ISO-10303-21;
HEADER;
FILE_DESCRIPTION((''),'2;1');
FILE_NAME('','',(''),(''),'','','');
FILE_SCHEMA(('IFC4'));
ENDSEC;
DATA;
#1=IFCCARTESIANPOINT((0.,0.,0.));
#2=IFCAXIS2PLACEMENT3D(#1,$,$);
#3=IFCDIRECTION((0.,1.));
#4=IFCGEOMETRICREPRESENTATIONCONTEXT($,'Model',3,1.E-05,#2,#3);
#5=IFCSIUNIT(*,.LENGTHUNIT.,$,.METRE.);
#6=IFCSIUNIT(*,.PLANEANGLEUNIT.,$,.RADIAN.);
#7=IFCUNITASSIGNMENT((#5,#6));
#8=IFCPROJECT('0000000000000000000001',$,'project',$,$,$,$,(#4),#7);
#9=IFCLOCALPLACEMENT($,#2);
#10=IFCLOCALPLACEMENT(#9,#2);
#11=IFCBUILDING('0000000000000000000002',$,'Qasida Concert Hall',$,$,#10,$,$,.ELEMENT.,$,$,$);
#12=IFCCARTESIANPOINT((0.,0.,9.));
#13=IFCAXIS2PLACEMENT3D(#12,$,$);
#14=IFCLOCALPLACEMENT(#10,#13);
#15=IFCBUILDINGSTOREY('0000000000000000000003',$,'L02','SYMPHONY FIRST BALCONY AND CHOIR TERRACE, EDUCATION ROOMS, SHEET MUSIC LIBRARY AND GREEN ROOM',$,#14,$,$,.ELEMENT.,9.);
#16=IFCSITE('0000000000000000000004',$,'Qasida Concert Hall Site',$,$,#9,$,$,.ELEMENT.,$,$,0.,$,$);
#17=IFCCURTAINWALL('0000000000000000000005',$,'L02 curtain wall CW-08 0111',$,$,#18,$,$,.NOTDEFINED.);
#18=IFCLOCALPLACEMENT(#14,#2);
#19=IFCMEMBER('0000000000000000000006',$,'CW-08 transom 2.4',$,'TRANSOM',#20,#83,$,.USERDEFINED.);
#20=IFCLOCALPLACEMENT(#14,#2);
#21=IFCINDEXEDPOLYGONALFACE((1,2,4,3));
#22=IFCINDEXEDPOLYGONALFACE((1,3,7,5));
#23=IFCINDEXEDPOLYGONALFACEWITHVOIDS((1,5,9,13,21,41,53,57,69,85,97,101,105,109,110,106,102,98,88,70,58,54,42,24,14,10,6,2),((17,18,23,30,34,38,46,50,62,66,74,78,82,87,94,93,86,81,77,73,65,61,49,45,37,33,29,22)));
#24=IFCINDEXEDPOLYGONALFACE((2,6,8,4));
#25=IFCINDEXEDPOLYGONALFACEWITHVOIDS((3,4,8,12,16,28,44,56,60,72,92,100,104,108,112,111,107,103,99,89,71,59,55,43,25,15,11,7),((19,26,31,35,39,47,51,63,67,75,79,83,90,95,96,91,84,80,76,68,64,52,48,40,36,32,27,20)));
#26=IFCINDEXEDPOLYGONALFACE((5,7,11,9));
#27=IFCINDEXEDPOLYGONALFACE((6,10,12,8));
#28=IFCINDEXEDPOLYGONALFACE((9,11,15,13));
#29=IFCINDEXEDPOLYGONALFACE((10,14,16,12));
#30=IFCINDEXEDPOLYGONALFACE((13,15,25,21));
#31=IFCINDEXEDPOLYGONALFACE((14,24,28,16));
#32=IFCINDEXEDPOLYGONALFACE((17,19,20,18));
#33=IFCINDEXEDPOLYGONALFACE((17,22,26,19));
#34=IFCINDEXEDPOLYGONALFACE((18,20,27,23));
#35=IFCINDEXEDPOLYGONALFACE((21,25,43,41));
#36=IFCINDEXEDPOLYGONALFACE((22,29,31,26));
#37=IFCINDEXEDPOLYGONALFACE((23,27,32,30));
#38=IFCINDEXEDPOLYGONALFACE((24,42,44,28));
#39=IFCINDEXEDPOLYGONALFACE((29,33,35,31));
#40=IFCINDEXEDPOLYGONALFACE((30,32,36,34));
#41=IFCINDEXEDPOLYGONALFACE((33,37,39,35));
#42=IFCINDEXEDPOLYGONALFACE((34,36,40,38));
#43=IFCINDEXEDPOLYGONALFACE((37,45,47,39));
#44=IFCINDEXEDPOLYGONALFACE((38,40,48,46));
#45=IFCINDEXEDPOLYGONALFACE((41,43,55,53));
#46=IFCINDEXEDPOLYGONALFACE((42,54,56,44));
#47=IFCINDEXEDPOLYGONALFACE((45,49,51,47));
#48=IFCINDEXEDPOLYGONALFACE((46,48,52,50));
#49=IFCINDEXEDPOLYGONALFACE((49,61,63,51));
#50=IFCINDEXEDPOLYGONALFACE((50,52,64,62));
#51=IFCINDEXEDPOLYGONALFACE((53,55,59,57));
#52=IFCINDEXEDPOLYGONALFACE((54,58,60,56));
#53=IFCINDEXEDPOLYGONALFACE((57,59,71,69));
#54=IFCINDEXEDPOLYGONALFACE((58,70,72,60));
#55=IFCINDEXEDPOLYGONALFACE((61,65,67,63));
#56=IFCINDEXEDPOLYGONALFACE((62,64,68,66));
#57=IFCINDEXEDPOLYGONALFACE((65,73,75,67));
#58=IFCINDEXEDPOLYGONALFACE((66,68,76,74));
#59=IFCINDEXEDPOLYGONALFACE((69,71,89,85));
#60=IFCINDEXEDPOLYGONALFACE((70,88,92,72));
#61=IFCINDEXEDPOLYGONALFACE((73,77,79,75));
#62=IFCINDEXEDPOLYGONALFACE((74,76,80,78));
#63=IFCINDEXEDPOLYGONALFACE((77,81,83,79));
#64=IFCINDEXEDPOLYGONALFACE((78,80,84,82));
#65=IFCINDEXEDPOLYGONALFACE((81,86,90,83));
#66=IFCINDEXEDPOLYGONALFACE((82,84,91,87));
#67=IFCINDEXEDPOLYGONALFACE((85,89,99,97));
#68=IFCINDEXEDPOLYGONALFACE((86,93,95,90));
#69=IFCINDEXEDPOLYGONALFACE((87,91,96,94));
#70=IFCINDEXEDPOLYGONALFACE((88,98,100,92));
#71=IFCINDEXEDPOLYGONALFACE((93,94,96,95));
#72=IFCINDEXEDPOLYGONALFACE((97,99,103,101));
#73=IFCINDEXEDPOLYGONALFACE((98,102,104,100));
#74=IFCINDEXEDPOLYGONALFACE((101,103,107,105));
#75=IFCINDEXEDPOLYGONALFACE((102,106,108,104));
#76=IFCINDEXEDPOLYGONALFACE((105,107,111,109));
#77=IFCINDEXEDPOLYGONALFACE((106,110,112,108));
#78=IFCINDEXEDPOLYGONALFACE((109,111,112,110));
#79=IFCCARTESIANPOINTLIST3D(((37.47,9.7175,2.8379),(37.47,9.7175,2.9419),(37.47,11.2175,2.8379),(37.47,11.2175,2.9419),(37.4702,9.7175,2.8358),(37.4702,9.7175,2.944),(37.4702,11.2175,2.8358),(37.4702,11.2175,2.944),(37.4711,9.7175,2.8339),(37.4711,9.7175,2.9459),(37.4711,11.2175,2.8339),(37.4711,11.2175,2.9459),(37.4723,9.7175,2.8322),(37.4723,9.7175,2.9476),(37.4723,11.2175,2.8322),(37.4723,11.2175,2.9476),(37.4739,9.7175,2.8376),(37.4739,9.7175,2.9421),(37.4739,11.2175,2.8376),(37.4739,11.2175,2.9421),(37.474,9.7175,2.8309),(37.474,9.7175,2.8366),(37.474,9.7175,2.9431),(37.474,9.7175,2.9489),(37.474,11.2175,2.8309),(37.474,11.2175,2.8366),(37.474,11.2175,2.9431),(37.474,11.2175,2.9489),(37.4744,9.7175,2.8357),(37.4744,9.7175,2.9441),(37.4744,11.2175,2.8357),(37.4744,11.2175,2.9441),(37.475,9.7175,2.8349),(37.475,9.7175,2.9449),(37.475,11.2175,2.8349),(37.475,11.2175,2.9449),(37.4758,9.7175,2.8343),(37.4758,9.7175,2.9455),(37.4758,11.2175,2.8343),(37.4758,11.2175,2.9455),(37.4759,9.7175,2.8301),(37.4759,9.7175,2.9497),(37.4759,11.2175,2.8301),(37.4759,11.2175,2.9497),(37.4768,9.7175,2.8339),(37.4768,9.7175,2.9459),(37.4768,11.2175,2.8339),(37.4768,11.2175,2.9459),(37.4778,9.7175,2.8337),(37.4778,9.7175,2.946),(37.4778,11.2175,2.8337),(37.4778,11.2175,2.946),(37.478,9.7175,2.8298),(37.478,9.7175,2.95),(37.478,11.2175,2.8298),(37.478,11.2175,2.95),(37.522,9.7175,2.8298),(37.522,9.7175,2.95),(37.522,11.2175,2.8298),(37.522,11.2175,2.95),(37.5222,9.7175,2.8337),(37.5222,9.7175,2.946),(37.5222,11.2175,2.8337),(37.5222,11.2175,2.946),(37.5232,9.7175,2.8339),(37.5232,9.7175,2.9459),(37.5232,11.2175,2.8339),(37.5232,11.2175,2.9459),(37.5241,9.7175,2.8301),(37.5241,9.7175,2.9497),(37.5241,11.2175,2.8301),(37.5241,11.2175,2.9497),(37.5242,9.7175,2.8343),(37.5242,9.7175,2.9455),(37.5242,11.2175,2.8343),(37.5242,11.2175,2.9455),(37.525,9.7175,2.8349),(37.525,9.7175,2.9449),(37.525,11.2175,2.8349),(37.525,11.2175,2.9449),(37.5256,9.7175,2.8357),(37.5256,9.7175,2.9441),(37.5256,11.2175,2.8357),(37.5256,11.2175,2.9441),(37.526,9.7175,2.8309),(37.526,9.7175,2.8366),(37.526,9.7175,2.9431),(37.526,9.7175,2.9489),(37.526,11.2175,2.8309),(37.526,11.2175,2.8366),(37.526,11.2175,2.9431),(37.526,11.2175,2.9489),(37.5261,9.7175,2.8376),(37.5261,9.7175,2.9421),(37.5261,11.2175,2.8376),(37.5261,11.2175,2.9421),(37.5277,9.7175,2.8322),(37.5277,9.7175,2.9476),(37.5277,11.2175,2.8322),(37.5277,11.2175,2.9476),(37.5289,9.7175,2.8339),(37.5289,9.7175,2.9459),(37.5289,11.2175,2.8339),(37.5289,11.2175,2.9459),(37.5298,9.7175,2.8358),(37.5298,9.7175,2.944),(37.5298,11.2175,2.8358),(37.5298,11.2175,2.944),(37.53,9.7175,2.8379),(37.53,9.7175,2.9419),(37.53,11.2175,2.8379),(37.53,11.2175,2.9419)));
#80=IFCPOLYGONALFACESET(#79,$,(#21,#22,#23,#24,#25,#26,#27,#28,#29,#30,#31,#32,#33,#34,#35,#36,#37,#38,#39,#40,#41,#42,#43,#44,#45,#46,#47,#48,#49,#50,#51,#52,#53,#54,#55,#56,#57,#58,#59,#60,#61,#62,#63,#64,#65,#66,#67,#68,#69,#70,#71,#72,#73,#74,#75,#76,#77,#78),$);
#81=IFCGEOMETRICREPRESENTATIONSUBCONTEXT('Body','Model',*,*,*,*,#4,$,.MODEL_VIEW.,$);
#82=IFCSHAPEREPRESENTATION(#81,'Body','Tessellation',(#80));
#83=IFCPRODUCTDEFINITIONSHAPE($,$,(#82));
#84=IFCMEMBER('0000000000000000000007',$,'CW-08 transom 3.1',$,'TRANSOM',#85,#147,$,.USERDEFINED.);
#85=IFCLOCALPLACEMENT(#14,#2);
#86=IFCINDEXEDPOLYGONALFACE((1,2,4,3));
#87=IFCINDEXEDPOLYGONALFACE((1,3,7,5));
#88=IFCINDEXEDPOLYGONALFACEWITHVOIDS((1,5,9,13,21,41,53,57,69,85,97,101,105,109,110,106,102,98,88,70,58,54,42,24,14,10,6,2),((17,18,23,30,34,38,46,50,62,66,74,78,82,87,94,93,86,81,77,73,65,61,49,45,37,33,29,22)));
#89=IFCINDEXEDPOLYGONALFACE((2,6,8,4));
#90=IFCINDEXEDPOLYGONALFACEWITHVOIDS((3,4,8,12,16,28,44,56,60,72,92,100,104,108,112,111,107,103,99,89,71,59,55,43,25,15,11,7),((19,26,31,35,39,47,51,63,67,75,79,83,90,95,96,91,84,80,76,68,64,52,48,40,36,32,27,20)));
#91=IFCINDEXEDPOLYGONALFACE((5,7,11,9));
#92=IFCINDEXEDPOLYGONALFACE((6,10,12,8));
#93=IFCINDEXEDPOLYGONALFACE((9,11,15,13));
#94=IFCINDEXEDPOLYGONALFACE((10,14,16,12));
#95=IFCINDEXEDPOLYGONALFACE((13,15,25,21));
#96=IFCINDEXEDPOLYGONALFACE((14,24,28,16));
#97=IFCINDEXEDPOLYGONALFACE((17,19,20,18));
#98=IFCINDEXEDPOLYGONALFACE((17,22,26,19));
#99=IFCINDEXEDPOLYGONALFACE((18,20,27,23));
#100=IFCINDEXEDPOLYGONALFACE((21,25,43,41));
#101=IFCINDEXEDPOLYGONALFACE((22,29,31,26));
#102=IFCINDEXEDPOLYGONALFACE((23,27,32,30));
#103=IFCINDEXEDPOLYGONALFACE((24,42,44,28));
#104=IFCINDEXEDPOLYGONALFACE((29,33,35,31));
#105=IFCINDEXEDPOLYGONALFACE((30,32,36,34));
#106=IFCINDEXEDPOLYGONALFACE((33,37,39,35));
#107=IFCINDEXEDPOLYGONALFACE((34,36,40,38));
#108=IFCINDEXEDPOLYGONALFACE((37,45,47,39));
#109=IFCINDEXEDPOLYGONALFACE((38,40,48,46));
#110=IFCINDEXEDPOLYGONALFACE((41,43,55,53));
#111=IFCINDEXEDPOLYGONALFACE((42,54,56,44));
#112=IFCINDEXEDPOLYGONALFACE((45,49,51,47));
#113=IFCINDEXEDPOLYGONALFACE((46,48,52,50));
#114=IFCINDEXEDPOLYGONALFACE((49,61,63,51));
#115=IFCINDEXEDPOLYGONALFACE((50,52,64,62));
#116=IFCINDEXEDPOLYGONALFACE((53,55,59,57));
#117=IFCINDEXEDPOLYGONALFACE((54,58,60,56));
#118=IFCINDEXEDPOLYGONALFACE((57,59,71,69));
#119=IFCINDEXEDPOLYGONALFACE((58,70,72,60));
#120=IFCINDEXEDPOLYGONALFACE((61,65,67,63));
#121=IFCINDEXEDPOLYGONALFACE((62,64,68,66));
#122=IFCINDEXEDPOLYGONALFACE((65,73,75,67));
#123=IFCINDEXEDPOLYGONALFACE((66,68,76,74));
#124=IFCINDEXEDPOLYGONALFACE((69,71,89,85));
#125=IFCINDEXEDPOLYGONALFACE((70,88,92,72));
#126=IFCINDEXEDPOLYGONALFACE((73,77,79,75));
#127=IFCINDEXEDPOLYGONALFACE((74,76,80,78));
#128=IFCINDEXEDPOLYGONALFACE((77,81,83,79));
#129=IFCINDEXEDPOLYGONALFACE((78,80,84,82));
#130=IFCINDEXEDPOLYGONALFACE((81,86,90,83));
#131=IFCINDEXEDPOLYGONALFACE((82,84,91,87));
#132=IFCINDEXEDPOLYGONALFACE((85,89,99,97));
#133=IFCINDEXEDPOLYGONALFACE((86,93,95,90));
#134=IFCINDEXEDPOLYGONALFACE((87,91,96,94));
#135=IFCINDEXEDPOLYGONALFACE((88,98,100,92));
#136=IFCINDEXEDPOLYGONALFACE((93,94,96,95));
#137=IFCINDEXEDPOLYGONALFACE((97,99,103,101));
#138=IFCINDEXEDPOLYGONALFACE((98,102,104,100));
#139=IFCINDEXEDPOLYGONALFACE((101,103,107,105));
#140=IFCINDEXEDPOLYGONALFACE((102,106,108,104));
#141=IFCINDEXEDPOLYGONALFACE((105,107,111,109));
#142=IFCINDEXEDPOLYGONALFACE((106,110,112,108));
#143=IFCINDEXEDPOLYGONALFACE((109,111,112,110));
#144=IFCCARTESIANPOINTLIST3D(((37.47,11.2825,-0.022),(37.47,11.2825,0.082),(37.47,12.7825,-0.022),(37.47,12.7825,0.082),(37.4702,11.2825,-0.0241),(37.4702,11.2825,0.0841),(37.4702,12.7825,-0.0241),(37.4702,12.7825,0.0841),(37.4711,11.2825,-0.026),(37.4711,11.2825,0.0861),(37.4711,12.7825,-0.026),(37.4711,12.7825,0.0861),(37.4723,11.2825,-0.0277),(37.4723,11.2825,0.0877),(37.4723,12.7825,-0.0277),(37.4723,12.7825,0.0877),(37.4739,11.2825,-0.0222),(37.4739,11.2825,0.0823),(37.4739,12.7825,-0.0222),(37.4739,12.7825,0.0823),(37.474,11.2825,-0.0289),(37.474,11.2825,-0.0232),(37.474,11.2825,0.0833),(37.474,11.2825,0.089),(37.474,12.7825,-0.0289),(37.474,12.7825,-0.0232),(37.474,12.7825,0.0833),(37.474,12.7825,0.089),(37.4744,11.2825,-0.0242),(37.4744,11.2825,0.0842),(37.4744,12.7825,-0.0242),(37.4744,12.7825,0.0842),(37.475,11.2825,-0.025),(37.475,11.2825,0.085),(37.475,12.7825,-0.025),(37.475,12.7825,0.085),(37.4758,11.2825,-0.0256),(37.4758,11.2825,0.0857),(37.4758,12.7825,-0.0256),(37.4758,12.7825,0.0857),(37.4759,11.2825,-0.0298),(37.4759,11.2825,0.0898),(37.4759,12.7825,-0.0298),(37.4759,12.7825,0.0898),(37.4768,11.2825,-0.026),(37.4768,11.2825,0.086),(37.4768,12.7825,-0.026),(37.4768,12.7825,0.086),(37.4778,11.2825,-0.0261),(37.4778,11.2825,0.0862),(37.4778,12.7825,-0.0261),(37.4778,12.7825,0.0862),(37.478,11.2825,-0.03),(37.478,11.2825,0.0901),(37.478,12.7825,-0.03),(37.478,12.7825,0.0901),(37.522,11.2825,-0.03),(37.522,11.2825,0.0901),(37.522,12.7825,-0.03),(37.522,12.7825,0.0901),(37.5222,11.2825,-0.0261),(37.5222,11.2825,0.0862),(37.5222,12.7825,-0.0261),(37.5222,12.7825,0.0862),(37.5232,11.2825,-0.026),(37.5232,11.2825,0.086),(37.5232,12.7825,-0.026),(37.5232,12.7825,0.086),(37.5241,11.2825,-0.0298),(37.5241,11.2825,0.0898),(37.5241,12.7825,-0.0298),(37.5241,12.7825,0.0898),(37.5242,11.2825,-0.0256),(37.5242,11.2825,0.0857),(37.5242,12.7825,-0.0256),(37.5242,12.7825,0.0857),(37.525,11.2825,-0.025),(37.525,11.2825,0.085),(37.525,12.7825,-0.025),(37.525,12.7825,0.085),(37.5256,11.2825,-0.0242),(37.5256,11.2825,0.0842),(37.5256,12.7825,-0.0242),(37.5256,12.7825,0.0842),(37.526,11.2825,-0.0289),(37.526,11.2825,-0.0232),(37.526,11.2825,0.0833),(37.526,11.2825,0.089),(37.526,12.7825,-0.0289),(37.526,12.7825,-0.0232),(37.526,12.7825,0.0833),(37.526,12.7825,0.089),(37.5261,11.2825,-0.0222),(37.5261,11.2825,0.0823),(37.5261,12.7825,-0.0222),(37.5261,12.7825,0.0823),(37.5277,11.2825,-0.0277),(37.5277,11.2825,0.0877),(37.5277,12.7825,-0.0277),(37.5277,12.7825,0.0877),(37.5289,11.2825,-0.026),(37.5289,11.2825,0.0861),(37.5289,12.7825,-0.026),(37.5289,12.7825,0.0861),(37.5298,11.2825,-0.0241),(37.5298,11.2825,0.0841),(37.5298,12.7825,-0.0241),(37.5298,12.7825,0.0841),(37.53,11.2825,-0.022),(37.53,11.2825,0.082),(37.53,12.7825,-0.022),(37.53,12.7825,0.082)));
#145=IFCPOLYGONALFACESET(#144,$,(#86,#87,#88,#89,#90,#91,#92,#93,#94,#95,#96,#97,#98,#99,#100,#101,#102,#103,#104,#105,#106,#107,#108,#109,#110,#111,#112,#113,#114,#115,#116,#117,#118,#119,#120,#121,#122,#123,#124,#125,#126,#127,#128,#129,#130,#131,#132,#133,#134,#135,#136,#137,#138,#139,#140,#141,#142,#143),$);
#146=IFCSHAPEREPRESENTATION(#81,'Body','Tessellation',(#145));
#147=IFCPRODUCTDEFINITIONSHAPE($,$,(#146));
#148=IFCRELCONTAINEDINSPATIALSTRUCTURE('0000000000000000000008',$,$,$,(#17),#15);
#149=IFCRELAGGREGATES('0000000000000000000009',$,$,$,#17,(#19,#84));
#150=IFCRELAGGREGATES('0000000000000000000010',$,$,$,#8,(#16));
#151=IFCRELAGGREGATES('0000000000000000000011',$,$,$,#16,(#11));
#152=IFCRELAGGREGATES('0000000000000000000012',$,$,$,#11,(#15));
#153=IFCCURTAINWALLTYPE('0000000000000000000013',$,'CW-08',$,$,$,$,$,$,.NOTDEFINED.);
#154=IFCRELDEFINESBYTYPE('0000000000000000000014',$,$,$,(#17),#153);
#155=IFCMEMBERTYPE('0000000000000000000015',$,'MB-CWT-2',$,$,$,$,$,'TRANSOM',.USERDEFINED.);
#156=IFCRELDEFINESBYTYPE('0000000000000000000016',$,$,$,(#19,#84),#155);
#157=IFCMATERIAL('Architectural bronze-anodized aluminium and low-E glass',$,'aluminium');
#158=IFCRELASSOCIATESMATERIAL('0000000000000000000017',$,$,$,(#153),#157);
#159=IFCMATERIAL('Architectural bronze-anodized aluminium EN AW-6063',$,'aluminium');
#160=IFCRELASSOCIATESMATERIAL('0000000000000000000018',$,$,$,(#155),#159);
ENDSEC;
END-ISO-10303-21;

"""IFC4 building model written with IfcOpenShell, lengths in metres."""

from ifc_helpers import new_model, si_unit, direction, frame, origin, origin_2d, place, context, subcontext, project, spatial, hollow_rectangle, extrude, material, material_profile, profile_set, type_object, element, aggregate, save


model = new_model("IFC4")

# Units and contexts
model_context = context("Model", 3, precision=1e-05, world=origin(), true_north=direction((0.0, 1.0)))
body_context = subcontext(model_context, "Body", "Model", "MODEL_VIEW")
ifc_project = project(units=[si_unit("LENGTHUNIT", "METRE"), si_unit("PLANEANGLEUNIT", "RADIAN")], contexts=[model_context])

# Site, building, storey
site_placement = place(None, origin())
site = spatial("IfcSite", under=ifc_project, at=site_placement, Name="Qasida Concert Hall Site", CompositionType="ELEMENT", RefElevation=0.0)
building_placement = place(site_placement, origin())
building = spatial("IfcBuilding", under=site, at=building_placement, Name="Qasida Concert Hall", CompositionType="ELEMENT")
storey_placement = place(building_placement, frame((0.0, 0.0, 9.0)))
storey = spatial("IfcBuildingStorey", under=building, at=storey_placement, Name="L02", Description="SYMPHONY FIRST BALCONY AND CHOIR TERRACE, EDUCATION ROOMS, SHEET MUSIC LIBRARY AND GREEN ROOM", CompositionType="ELEMENT", Elevation=9.0)

# Curtain wall, members
ifc_material_1 = material(Name="Architectural bronze-anodized aluminium and low-E glass", Category="aluminium")
curtain_wall_type = type_object("IfcCurtainWallType", Name="CW-08", PredefinedType="NOTDEFINED", material=ifc_material_1)
curtain_wall_placement = place(storey_placement, origin())
curtain_wall = element("IfcCurtainWall", 1, at=curtain_wall_placement, inside=storey, type_object=curtain_wall_type, Name="L02 curtain wall CW-08 0111", PredefinedType="NOTDEFINED")
ifc_material_2 = material(Name="Architectural bronze-anodized aluminium EN AW-6063", Category="aluminium")
ifc_material_profile_1 = material_profile(ifc_material_2, hollow_rectangle(XDim=0.0601, YDim=0.1201, WallThickness=0.0039, InnerFilletRadius=0.0039, OuterFilletRadius=0.0081, at=origin_2d()), Name="CWT 120x60x4")
ifc_profile_set_1 = profile_set([ifc_material_profile_1], Name="Architectural bronze-anodized aluminium EN AW-6063")
member_type_1 = type_object("IfcMemberType", Name="MB-CWT-2", ElementType="TRANSOM", PredefinedType="USERDEFINED", material=ifc_profile_set_1)
member_1_placement = place(storey_placement, frame((37.5, 9.7175, 2.8899), z_axis=(0.0, 1.0, 0.0), x_axis=(-1.0, 0.0, 0.0)))
member_1 = element("IfcMember", 2, at=member_1_placement, type_object=member_type_1, Name="CW-08 transom 2.4", ObjectType="TRANSOM", PredefinedType="USERDEFINED", context=body_context, shape_type="SweptSolid", body=[
    extrude(hollow_rectangle(XDim=0.0601, YDim=0.1201, WallThickness=0.0039, InnerFilletRadius=0.0039, OuterFilletRadius=0.0081, at=origin_2d()), origin(), (0.0, 0.0, 1.0), 1.5),
])
member_2_placement = place(storey_placement, frame((37.5, 11.2825, 0.03), z_axis=(0.0, 1.0, 0.0), x_axis=(-1.0, 0.0, 0.0)))
member_2 = element("IfcMember", 3, at=member_2_placement, type_object=member_type_1, Name="CW-08 transom 3.1", ObjectType="TRANSOM", PredefinedType="USERDEFINED", context=body_context, shape_type="SweptSolid", body=[
    extrude(hollow_rectangle(XDim=0.0601, YDim=0.1201, WallThickness=0.0039, InnerFilletRadius=0.0039, OuterFilletRadius=0.0081, at=origin_2d()), origin(), (0.0, 0.0, 1.0), 1.5),
])
aggregate(curtain_wall, [member_1, member_2])

save(model, "model.ifc")
